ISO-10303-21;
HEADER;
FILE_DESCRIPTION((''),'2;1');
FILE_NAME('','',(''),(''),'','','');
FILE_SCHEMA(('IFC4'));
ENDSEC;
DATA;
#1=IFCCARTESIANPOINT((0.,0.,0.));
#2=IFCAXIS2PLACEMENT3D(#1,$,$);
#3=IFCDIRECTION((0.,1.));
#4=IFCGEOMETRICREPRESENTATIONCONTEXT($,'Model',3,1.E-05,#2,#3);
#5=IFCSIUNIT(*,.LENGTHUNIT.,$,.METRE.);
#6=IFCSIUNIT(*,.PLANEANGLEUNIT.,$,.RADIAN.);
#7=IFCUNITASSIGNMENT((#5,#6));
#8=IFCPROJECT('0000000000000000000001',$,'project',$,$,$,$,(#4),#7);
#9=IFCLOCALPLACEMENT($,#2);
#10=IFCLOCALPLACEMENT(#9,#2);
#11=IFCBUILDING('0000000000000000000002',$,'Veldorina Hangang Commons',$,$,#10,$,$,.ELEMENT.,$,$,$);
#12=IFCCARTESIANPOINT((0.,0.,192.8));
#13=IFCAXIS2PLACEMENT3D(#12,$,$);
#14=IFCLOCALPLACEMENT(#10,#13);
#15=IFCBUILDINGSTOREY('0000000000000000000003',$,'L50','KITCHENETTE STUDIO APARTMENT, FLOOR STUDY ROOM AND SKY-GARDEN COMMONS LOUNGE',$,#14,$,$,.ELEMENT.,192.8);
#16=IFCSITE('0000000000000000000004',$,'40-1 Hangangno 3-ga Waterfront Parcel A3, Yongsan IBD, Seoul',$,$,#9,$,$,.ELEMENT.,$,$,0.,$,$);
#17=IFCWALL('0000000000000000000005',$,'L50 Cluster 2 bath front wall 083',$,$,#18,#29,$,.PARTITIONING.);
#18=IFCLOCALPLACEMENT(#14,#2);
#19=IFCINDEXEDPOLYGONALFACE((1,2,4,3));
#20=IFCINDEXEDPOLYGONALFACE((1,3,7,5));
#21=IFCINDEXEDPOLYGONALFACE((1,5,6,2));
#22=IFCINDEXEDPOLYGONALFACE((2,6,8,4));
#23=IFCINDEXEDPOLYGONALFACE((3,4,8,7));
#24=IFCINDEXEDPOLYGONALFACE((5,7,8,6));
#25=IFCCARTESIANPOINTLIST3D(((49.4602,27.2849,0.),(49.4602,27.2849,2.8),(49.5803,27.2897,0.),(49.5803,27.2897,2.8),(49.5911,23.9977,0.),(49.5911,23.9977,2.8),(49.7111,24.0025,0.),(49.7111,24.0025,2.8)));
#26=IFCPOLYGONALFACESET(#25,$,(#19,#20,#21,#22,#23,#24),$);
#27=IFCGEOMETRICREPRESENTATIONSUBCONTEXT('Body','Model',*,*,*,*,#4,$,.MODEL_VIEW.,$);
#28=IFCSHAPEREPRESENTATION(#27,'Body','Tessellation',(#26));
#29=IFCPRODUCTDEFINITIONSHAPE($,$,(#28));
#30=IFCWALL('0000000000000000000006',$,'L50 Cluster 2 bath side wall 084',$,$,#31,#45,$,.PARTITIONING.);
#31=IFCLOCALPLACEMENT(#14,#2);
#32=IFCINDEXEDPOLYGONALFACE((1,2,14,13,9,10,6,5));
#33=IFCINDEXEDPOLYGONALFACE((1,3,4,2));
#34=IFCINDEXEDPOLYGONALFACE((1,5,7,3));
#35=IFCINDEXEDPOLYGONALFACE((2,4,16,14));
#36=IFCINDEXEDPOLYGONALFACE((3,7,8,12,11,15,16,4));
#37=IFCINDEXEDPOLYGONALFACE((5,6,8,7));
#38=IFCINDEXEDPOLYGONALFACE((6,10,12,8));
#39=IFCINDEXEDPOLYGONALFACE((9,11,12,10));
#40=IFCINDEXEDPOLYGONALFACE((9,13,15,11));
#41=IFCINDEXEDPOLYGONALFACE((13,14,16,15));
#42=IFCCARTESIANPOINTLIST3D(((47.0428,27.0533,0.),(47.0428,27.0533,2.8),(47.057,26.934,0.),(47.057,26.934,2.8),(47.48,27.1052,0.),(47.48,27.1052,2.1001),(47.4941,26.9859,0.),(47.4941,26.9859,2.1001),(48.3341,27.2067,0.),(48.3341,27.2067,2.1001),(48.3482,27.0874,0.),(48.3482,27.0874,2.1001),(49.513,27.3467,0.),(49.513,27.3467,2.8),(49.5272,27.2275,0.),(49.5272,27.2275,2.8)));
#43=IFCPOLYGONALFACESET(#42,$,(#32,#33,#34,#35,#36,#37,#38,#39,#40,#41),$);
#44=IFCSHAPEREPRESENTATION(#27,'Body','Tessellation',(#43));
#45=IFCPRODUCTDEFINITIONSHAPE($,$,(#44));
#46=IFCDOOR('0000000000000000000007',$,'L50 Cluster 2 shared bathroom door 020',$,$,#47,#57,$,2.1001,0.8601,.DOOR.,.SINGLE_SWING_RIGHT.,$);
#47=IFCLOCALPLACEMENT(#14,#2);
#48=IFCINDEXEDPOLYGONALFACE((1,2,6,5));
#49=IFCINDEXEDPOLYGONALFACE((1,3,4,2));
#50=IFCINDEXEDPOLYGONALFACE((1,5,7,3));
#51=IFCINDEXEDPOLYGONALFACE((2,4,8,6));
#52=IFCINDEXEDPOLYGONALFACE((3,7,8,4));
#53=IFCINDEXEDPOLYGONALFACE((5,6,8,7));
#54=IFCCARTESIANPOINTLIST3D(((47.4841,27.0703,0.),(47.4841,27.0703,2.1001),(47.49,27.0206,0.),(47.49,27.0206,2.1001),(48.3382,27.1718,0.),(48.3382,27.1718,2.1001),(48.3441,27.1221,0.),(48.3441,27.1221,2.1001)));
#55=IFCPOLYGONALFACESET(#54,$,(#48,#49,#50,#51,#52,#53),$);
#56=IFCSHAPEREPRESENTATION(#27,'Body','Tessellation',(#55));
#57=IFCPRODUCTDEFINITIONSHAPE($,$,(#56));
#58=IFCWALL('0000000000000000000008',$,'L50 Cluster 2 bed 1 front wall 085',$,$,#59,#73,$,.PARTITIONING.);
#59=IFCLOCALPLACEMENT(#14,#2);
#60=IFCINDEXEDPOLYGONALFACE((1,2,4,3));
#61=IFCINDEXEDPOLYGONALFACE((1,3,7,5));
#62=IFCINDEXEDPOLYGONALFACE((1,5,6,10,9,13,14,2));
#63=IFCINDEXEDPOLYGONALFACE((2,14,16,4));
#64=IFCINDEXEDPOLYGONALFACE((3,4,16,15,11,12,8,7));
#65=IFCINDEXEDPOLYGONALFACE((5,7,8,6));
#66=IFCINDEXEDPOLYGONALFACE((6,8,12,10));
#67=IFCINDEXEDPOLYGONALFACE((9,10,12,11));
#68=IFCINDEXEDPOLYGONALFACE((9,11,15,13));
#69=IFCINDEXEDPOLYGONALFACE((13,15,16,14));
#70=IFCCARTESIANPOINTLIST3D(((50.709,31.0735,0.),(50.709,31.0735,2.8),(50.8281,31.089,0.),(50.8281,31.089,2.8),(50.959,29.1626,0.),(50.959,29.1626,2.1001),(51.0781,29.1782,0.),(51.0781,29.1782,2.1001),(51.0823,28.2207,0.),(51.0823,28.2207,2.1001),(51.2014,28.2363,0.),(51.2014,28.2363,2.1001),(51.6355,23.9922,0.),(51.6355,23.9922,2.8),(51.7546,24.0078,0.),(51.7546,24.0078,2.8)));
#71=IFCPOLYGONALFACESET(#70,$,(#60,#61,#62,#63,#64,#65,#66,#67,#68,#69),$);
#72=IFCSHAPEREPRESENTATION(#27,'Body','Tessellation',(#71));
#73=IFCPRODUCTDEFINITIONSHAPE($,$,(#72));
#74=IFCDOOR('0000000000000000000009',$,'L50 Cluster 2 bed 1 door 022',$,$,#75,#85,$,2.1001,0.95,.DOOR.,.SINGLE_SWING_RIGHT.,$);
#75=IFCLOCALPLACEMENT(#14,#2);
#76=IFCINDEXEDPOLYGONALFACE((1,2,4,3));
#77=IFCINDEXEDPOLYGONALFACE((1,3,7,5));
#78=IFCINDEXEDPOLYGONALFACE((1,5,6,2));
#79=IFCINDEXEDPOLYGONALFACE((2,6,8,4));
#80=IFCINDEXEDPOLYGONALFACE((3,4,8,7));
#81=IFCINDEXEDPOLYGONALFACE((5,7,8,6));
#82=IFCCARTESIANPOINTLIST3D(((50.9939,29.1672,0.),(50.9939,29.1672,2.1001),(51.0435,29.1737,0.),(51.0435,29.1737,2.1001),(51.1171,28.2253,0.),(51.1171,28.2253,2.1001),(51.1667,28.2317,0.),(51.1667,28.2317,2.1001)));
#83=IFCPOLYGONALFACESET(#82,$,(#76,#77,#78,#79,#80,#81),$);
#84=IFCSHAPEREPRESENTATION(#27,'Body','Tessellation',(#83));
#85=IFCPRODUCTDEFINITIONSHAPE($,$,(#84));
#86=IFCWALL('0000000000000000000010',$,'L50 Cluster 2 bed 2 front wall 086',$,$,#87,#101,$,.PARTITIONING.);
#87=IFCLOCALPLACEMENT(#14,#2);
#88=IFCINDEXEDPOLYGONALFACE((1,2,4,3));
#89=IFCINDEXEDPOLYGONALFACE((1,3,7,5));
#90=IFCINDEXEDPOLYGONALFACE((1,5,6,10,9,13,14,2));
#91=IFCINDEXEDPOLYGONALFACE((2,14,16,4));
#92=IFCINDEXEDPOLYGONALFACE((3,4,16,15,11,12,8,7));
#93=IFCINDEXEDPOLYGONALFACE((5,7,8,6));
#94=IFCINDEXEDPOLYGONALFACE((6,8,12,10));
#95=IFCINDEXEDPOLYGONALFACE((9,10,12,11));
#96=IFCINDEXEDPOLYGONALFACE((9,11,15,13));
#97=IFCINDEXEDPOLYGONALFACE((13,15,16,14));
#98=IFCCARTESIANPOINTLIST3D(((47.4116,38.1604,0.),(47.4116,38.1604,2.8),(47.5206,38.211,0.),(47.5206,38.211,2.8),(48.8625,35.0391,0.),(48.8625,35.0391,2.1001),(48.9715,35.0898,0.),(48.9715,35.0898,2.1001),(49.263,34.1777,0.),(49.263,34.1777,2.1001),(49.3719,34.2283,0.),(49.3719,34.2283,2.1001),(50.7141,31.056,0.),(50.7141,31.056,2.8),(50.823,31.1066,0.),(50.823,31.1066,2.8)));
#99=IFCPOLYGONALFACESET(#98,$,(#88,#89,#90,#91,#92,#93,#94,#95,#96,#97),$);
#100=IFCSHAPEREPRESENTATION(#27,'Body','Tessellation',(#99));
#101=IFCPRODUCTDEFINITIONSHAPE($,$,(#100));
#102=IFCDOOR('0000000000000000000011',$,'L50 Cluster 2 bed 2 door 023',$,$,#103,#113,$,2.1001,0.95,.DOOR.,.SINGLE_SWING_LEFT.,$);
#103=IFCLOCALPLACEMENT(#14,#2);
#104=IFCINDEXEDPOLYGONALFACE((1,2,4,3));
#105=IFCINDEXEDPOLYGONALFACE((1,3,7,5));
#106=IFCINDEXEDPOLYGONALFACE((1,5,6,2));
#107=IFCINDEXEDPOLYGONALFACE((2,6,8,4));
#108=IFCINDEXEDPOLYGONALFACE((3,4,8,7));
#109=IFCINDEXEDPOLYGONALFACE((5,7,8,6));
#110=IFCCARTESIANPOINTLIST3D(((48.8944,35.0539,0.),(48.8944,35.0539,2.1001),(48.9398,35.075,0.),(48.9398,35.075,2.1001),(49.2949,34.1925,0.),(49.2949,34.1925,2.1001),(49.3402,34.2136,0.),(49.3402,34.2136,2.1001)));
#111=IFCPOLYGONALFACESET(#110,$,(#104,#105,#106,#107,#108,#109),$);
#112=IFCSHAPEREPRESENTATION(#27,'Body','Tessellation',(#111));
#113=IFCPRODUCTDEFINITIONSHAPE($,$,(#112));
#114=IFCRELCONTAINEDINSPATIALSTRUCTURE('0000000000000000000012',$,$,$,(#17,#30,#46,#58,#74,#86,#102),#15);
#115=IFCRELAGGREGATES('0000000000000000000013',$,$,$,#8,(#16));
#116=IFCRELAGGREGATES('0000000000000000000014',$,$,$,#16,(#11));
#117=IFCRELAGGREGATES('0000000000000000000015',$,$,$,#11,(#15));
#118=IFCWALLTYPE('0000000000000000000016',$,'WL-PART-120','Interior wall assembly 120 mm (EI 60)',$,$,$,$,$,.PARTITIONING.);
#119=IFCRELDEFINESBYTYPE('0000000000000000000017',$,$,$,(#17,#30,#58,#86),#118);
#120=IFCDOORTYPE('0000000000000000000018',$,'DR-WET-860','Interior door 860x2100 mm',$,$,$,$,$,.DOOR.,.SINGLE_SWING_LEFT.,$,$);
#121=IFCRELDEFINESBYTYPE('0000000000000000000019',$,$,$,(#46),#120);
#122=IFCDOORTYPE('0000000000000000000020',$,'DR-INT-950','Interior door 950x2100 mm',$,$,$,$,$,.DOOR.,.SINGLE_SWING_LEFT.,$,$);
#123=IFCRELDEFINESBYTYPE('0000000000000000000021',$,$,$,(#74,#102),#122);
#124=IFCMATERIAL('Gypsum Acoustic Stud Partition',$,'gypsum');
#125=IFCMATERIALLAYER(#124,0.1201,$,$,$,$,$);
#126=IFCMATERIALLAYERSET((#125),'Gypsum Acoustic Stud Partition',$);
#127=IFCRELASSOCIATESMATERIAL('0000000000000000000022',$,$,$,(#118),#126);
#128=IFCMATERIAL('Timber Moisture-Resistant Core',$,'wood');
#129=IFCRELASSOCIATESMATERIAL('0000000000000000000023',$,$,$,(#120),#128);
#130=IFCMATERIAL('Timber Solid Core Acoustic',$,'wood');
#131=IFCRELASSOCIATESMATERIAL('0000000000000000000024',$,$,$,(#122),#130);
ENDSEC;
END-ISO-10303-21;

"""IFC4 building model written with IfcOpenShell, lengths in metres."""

from ifc_helpers import new_model, si_unit, direction, frame, frame_2d, origin, place, context, subcontext, project, spatial, rectangle, extrude, material, layer, layer_set, type_object, element, fill, save


model = new_model("IFC4")

# Units and contexts
model_context = context("Model", 3, precision=1e-05, world=origin(), true_north=direction((0.0, 1.0)))
body_context = subcontext(model_context, "Body", "Model", "MODEL_VIEW")
ifc_project = project(units=[si_unit("LENGTHUNIT", "METRE"), si_unit("PLANEANGLEUNIT", "RADIAN")], contexts=[model_context])

# Site, building, storey
site_placement = place(None, origin())
site = spatial("IfcSite", under=ifc_project, at=site_placement, Name="40-1 Hangangno 3-ga Waterfront Parcel A3, Yongsan IBD, Seoul", CompositionType="ELEMENT", RefElevation=0.0)
building_placement = place(site_placement, origin())
building = spatial("IfcBuilding", under=site, at=building_placement, Name="Veldorina Hangang Commons", CompositionType="ELEMENT")
storey_placement = place(building_placement, frame((0.0, 0.0, 192.8)))
storey = spatial("IfcBuildingStorey", under=building, at=storey_placement, Name="L50", Description="KITCHENETTE STUDIO APARTMENT, FLOOR STUDY ROOM AND SKY-GARDEN COMMONS LOUNGE", CompositionType="ELEMENT", Elevation=192.8)

# Wall
ifc_material_1 = material(Name="Gypsum Acoustic Stud Partition", Category="gypsum")
ifc_layer_1 = layer(ifc_material_1, 0.1201)
ifc_layer_set_1 = layer_set([ifc_layer_1], Name="Gypsum Acoustic Stud Partition")
wall_type_1 = type_object("IfcWallType", Name="WL-PART-120", Description="Interior wall assembly 120 mm (EI 60)", PredefinedType="PARTITIONING", material=ifc_layer_set_1)
wall_1_placement = place(storey_placement, frame((49.6511, 24.0, 0.0), z_axis=(0.0, 0.0, 1.0), x_axis=(-0.039778, 0.999209, 0.0)))
element("IfcWall", 1, at=wall_1_placement, inside=storey, type_object=wall_type_1, Name="L50 Cluster 2 bath front wall 083", PredefinedType="PARTITIONING", context=body_context, shape_type="SweptSolid", body=[
    extrude(rectangle(XDim=3.2898, YDim=0.1201, at=frame_2d((1.645, 0.0))), origin(), (0.0, 0.0, 1.0), 2.8),
])

# Walls, openings, doors
wall_2_placement = place(storey_placement, frame((47.05, 26.9937, 0.0), z_axis=(0.0, 0.0, 1.0), x_axis=(0.993017, 0.117969, 0.0)))
wall_2 = element("IfcWall", 2, at=wall_2_placement, inside=storey, type_object=wall_type_1, Name="L50 Cluster 2 bath side wall 084", PredefinedType="PARTITIONING", context=body_context, shape_type="SweptSolid", body=[
    extrude(rectangle(XDim=2.4875, YDim=0.1201, at=frame_2d((1.2437, 0.0))), origin(), (0.0, 0.0, 1.0), 2.8),
])
opening_1_placement = place(wall_2_placement, frame((0.4399, 0.0, 0.0)))
opening_1 = element("IfcOpeningElement", 3, at=opening_1_placement, cuts=wall_2, PredefinedType="OPENING", context=body_context, shape_type="SweptSolid", body=[
    extrude(rectangle(XDim=0.8601, YDim=2.1001, at=frame_2d((0.4302, 1.05))), frame((0.0, 0.0701, 0.0), z_axis=(0.0, -1.0, 0.0), x_axis=(1.0, 0.0, 0.0)), (0.0, 0.0, 1.0), 0.1401),
])
ifc_material_2 = material(Name="Timber Moisture-Resistant Core", Category="wood")
door_type_1 = type_object("IfcDoorType", Name="DR-WET-860", Description="Interior door 860x2100 mm", OperationType="SINGLE_SWING_LEFT", PredefinedType="DOOR", material=ifc_material_2)
door_1_placement = place(opening_1_placement, origin())
door_1 = element("IfcDoor", 4, at=door_1_placement, inside=storey, type_object=door_type_1, Name="L50 Cluster 2 shared bathroom door 020", OperationType="SINGLE_SWING_RIGHT", OverallHeight=2.1001, OverallWidth=0.8601, PredefinedType="DOOR", context=body_context, shape_type="SweptSolid", body=[
    extrude(rectangle(XDim=0.8601, YDim=2.1001, at=frame_2d((0.4302, 1.05))), frame((0.0, 0.0249, 0.0), z_axis=(0.0, -1.0, 0.0), x_axis=(1.0, 0.0, 0.0)), (0.0, 0.0, 1.0), 0.05),
])
fill(opening_1, door_1)
wall_3_placement = place(storey_placement, frame((51.6951, 24.0, 0.0), z_axis=(0.0, 0.0, 1.0), x_axis=(-0.129734, 0.991549, 0.0)))
wall_3 = element("IfcWall", 5, at=wall_3_placement, inside=storey, type_object=wall_type_1, Name="L50 Cluster 2 bed 1 front wall 085", PredefinedType="PARTITIONING", context=body_context, shape_type="SweptSolid", body=[
    extrude(rectangle(XDim=7.1416, YDim=0.1201, at=frame_2d((3.5708, 0.0))), origin(), (0.0, 0.0, 1.0), 2.8),
])
opening_2_placement = place(wall_3_placement, frame((4.2644, 0.0, 0.0)))
opening_2 = element("IfcOpeningElement", 6, at=opening_2_placement, cuts=wall_3, PredefinedType="OPENING", context=body_context, shape_type="SweptSolid", body=[
    extrude(rectangle(XDim=0.95, YDim=2.1001, at=frame_2d((0.4751, 1.05))), frame((0.0, 0.0701, 0.0), z_axis=(0.0, -1.0, 0.0), x_axis=(1.0, 0.0, 0.0)), (0.0, 0.0, 1.0), 0.1401),
])
ifc_material_3 = material(Name="Timber Solid Core Acoustic", Category="wood")
door_type_2 = type_object("IfcDoorType", Name="DR-INT-950", Description="Interior door 950x2100 mm", OperationType="SINGLE_SWING_LEFT", PredefinedType="DOOR", material=ifc_material_3)
door_2_placement = place(opening_2_placement, origin())
door_2 = element("IfcDoor", 7, at=door_2_placement, inside=storey, type_object=door_type_2, Name="L50 Cluster 2 bed 1 door 022", OperationType="SINGLE_SWING_RIGHT", OverallHeight=2.1001, OverallWidth=0.95, PredefinedType="DOOR", context=body_context, shape_type="SweptSolid", body=[
    extrude(rectangle(XDim=0.95, YDim=2.1001, at=frame_2d((0.4751, 1.05))), frame((0.0, 0.0249, 0.0), z_axis=(0.0, -1.0, 0.0), x_axis=(1.0, 0.0, 0.0)), (0.0, 0.0, 1.0), 0.05),
])
fill(opening_2, door_2)
wall_4_placement = place(storey_placement, frame((50.7686, 31.0813, 0.0), z_axis=(0.0, 0.0, 1.0), x_axis=(-0.421529, 0.906815, 0.0)))
wall_4 = element("IfcWall", 8, at=wall_4_placement, inside=storey, type_object=wall_type_1, Name="L50 Cluster 2 bed 2 front wall 086", PredefinedType="PARTITIONING", context=body_context, shape_type="SweptSolid", body=[
    extrude(rectangle(XDim=7.8345, YDim=0.1201, at=frame_2d((3.9172, 0.0))), origin(), (0.0, 0.0, 1.0), 2.8),
])
opening_3_placement = place(wall_4_placement, frame((3.4424, 0.0, 0.0)))
opening_3 = element("IfcOpeningElement", 9, at=opening_3_placement, cuts=wall_4, PredefinedType="OPENING", context=body_context, shape_type="SweptSolid", body=[
    extrude(rectangle(XDim=0.95, YDim=2.1001, at=frame_2d((0.4751, 1.05))), frame((0.0, 0.0701, 0.0), z_axis=(0.0, -1.0, 0.0), x_axis=(1.0, 0.0, 0.0)), (0.0, 0.0, 1.0), 0.1401),
])
door_3_placement = place(opening_3_placement, origin())
door_3 = element("IfcDoor", 10, at=door_3_placement, inside=storey, type_object=door_type_2, Name="L50 Cluster 2 bed 2 door 023", OperationType="SINGLE_SWING_LEFT", OverallHeight=2.1001, OverallWidth=0.95, PredefinedType="DOOR", context=body_context, shape_type="SweptSolid", body=[
    extrude(rectangle(XDim=0.95, YDim=2.1001, at=frame_2d((0.4751, 1.05))), frame((0.0, 0.0249, 0.0), z_axis=(0.0, -1.0, 0.0), x_axis=(1.0, 0.0, 0.0)), (0.0, 0.0, 1.0), 0.05),
])
fill(opening_3, door_3)

save(model, "model.ifc")
